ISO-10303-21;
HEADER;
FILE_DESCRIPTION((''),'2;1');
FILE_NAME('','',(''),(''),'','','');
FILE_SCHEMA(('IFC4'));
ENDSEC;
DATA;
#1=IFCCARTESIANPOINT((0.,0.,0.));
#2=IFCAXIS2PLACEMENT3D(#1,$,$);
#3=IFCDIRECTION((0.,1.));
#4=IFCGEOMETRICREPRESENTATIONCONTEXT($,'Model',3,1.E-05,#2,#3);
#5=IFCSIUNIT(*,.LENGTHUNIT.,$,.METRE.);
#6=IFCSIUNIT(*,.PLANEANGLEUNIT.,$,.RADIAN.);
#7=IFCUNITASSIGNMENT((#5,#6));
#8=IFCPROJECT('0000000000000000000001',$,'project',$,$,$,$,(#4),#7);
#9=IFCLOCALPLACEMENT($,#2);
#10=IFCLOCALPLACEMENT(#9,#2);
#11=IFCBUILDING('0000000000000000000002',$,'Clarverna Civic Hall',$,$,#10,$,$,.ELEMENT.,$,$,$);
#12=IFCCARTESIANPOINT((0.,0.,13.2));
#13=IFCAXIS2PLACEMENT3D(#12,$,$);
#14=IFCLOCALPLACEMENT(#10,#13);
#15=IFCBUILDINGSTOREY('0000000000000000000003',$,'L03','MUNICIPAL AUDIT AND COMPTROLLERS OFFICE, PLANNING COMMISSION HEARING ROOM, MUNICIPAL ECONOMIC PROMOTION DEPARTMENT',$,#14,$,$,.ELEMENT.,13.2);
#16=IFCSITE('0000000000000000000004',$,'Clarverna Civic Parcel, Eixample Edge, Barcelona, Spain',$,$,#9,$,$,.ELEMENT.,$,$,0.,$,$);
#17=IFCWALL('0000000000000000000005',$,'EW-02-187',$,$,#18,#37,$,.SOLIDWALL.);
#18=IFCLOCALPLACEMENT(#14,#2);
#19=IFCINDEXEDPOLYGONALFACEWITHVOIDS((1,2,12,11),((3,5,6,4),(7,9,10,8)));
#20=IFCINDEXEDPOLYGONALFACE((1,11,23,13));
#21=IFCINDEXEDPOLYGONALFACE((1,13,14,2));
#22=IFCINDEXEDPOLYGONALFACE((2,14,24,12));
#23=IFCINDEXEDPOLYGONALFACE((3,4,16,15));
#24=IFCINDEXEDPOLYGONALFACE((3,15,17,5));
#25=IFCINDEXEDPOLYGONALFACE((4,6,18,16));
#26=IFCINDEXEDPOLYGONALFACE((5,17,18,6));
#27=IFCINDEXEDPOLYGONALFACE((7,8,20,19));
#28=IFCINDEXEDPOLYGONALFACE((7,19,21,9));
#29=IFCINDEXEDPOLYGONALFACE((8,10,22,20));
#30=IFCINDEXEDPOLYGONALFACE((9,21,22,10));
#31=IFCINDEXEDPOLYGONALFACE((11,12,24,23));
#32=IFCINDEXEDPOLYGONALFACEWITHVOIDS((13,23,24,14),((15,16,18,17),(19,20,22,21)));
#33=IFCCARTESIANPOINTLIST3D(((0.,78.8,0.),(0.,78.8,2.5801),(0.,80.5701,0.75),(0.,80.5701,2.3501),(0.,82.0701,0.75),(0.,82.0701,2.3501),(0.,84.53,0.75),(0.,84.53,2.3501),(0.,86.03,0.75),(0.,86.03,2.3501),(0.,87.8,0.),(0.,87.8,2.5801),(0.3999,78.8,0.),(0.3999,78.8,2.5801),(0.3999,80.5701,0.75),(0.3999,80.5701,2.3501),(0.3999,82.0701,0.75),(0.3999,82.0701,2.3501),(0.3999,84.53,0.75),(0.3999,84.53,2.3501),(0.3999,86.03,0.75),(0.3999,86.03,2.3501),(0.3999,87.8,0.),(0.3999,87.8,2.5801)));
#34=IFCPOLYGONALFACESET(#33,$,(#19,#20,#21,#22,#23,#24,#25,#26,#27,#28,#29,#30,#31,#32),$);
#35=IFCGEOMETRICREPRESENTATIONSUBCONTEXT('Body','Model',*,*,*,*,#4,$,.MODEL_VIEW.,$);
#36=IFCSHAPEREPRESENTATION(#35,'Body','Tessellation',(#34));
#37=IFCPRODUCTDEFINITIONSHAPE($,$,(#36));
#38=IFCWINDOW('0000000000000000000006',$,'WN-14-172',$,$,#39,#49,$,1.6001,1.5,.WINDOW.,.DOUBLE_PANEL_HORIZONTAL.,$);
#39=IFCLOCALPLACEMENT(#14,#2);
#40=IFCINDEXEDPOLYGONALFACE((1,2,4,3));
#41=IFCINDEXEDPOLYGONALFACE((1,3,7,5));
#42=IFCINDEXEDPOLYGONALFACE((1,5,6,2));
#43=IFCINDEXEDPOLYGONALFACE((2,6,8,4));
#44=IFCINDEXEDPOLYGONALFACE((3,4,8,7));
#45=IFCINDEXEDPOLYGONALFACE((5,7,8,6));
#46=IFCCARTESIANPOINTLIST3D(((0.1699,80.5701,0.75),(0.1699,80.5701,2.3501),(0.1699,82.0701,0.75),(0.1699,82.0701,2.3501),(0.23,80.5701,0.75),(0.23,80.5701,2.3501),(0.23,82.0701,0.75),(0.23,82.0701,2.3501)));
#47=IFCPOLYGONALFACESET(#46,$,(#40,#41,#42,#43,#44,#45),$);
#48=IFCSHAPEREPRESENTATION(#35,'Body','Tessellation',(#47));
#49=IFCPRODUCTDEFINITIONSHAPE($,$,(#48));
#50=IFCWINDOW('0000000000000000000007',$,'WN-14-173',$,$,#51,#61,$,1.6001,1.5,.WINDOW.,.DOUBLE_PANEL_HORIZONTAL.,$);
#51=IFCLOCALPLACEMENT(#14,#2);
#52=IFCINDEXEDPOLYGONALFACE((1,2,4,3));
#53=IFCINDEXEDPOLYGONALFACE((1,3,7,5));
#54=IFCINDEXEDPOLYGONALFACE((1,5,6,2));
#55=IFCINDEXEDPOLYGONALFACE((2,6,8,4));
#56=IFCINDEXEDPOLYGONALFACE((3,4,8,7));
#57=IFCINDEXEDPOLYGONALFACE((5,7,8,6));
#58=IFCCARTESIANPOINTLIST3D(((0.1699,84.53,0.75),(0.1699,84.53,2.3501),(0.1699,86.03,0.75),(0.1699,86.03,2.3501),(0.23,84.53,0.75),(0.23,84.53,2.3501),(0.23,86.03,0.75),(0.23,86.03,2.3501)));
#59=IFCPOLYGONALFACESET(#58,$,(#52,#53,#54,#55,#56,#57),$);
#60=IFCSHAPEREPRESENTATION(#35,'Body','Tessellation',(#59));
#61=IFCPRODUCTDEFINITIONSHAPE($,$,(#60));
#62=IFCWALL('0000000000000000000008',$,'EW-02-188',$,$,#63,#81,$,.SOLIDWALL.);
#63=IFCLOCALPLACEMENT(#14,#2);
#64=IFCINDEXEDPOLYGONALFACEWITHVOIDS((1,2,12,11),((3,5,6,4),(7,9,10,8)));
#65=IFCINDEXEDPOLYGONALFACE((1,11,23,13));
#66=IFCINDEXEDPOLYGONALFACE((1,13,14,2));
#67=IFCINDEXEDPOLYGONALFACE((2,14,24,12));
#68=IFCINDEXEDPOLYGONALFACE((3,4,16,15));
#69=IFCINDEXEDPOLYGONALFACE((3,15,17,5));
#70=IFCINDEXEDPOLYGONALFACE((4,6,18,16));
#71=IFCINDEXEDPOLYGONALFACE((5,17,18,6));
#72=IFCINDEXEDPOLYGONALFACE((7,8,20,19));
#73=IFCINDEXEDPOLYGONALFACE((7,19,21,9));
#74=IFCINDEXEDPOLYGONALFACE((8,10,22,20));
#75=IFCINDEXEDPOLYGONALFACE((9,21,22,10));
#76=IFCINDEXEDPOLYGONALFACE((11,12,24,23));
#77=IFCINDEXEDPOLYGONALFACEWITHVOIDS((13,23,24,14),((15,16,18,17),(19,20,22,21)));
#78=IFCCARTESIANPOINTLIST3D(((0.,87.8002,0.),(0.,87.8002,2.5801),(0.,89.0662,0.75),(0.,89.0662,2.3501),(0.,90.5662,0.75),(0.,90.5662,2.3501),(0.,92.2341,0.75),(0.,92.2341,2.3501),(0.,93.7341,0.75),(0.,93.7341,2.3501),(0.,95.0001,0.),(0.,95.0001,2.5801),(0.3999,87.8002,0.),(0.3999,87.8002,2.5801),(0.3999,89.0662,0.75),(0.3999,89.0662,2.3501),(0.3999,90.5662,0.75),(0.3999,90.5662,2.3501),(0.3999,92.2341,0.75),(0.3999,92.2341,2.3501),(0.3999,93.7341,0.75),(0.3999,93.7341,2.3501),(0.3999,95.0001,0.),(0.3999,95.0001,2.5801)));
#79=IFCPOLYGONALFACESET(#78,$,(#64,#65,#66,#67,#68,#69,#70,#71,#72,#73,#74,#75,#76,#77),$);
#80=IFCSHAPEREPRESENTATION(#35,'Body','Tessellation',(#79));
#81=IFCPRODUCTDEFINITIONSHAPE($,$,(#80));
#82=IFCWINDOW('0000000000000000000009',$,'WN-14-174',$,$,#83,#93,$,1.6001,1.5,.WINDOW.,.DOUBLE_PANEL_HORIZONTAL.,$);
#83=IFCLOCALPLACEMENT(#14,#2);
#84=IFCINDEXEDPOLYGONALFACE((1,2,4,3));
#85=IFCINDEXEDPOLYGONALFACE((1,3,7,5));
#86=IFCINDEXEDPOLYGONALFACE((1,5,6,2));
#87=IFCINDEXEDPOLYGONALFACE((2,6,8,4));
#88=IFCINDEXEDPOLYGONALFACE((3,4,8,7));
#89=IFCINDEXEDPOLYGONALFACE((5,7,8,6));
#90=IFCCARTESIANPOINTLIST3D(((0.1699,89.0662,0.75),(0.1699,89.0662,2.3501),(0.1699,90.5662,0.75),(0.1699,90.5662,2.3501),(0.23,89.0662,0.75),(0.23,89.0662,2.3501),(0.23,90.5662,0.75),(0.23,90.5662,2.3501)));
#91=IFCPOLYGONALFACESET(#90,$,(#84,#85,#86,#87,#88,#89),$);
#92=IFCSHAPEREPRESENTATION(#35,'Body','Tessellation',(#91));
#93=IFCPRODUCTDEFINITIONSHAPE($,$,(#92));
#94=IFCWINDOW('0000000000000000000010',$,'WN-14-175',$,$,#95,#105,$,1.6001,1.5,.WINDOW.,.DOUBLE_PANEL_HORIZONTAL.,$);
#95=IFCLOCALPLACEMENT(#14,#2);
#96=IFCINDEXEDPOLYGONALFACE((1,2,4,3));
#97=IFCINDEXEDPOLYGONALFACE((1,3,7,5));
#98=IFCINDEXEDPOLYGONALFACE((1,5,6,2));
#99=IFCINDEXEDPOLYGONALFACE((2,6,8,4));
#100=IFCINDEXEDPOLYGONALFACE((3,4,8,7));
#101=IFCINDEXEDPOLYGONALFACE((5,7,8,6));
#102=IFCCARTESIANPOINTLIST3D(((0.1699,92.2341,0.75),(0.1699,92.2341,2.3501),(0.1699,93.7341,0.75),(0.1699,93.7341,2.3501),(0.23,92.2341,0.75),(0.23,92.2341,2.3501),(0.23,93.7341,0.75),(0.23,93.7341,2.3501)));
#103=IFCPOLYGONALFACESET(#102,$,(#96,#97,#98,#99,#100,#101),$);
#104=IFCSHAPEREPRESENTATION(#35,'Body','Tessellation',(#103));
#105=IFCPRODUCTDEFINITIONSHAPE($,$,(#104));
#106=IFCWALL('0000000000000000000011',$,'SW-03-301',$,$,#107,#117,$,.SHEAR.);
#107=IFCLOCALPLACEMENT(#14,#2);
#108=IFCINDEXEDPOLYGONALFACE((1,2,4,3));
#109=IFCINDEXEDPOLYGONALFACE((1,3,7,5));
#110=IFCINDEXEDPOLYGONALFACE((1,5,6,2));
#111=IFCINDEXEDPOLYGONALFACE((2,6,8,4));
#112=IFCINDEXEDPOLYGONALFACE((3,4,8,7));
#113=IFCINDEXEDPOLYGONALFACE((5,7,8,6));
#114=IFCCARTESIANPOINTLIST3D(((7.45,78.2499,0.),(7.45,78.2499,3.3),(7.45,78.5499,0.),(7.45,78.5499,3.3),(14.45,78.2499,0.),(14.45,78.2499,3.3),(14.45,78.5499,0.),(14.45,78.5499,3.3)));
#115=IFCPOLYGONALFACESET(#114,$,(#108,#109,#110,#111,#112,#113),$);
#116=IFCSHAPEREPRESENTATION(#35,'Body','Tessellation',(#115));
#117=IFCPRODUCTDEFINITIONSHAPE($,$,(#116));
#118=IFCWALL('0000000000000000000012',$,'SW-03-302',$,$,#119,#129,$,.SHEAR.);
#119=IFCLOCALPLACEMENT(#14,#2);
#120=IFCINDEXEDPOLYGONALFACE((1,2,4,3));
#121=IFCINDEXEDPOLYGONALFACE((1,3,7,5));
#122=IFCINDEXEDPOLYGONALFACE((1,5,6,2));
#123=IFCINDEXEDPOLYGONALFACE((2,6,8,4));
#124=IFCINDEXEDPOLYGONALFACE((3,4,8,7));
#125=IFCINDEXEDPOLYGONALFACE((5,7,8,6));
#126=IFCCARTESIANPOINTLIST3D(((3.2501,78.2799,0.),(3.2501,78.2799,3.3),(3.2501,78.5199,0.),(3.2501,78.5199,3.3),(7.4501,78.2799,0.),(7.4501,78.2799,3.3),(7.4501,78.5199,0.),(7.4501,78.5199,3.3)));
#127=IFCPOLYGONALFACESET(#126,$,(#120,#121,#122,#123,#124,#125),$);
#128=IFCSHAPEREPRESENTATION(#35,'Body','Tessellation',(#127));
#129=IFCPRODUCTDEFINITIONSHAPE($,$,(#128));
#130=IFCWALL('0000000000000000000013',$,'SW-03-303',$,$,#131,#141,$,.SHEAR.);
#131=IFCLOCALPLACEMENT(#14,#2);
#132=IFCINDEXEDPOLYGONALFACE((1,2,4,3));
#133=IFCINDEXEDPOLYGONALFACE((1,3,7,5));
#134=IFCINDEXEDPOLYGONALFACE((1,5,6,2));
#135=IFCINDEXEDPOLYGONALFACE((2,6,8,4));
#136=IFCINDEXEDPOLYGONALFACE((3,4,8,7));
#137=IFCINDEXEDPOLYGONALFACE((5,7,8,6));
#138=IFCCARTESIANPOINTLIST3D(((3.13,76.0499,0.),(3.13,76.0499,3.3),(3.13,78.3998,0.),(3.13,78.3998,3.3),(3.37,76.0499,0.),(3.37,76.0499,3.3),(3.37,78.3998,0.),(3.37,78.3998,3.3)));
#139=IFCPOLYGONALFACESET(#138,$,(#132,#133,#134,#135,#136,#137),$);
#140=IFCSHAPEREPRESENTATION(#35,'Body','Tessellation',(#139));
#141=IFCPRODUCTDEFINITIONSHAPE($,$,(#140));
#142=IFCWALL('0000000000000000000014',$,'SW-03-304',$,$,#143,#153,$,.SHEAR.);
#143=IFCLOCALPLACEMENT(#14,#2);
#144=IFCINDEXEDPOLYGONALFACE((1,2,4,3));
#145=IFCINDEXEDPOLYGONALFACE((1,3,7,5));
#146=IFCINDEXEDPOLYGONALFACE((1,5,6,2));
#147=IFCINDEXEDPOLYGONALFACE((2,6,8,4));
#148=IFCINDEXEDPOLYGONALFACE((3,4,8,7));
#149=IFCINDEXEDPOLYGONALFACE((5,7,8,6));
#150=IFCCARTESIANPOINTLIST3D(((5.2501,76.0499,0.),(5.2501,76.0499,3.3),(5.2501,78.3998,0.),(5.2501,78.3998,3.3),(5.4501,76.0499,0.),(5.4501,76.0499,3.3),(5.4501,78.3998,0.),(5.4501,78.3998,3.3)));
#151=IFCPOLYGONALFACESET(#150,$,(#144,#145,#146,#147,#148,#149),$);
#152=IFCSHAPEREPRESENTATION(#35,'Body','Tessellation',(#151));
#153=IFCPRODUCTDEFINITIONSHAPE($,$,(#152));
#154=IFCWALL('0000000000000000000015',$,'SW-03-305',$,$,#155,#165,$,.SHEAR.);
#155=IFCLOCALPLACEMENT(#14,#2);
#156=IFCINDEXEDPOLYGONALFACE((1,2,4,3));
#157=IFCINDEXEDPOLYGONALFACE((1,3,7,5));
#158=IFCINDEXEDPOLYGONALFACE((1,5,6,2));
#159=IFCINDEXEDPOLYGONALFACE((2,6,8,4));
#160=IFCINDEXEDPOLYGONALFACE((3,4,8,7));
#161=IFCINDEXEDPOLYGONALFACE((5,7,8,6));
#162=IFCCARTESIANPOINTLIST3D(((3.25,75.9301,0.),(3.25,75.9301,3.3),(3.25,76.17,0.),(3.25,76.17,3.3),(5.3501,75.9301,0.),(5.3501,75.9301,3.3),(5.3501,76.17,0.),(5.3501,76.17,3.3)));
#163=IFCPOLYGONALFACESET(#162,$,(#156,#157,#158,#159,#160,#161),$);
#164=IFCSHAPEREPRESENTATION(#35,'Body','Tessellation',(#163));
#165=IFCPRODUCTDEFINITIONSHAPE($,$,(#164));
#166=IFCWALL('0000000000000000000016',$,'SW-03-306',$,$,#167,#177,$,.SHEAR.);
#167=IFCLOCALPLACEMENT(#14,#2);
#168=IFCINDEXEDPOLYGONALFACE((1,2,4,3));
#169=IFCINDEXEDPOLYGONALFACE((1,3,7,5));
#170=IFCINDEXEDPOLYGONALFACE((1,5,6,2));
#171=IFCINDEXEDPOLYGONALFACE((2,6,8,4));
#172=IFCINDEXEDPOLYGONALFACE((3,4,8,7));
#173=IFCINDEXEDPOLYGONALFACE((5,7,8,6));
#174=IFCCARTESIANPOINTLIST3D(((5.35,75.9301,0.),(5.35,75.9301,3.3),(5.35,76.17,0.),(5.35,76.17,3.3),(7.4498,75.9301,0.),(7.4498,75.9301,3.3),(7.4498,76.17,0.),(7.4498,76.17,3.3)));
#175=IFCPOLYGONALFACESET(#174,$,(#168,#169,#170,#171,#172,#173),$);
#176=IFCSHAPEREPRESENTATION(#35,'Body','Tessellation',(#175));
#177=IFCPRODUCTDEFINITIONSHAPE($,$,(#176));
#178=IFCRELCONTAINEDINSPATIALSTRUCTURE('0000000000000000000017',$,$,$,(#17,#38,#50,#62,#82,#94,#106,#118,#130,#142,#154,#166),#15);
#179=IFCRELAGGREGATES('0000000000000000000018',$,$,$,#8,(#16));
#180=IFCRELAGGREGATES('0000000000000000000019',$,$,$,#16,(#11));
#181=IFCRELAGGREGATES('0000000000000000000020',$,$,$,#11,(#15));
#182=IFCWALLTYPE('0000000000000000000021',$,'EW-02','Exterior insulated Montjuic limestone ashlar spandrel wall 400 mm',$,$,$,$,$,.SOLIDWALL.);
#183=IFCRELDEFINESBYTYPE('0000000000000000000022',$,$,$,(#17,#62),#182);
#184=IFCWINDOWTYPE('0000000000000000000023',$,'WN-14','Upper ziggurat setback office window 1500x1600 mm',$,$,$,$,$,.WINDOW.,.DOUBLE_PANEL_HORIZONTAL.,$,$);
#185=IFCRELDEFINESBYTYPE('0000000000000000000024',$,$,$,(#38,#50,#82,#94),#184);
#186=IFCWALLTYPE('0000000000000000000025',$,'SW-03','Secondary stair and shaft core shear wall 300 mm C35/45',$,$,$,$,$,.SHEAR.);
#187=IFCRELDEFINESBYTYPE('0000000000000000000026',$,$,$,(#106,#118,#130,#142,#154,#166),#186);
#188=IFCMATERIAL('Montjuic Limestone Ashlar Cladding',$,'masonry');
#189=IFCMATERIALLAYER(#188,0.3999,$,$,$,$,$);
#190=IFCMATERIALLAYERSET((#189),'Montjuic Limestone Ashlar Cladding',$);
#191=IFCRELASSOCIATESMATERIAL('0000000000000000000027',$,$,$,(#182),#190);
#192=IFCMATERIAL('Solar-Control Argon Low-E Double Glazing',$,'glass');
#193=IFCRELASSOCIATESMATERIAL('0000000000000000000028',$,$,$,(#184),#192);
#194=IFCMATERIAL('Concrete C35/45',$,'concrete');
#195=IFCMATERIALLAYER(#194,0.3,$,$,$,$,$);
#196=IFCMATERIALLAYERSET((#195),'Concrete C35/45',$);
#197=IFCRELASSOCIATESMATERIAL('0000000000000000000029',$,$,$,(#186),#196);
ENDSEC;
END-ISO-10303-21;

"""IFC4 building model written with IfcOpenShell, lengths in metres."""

from ifc_helpers import new_model, si_unit, direction, frame, frame_2d, origin, place, context, subcontext, project, spatial, rectangle, extrude, material, layer, layer_set, type_object, element, fill, save


model = new_model("IFC4")

# Units and contexts
model_context = context("Model", 3, precision=1e-05, world=origin(), true_north=direction((0.0, 1.0)))
body_context = subcontext(model_context, "Body", "Model", "MODEL_VIEW")
ifc_project = project(units=[si_unit("LENGTHUNIT", "METRE"), si_unit("PLANEANGLEUNIT", "RADIAN")], contexts=[model_context])

# Site, building, storey
site_placement = place(None, origin())
site = spatial("IfcSite", under=ifc_project, at=site_placement, Name="Clarverna Civic Parcel, Eixample Edge, Barcelona, Spain", CompositionType="ELEMENT", RefElevation=0.0)
building_placement = place(site_placement, origin())
building = spatial("IfcBuilding", under=site, at=building_placement, Name="Clarverna Civic Hall", CompositionType="ELEMENT")
storey_placement = place(building_placement, frame((0.0, 0.0, 13.2)))
storey = spatial("IfcBuildingStorey", under=building, at=storey_placement, Name="L03", Description="MUNICIPAL AUDIT AND COMPTROLLERS OFFICE, PLANNING COMMISSION HEARING ROOM, MUNICIPAL ECONOMIC PROMOTION DEPARTMENT", CompositionType="ELEMENT", Elevation=13.2)

# Shared definitions
ifc_material_1 = material(Name="Concrete C35/45", Category="concrete")

# Walls, openings, windows
ifc_material_2 = material(Name="Montjuic Limestone Ashlar Cladding", Category="masonry")
ifc_layer_1 = layer(ifc_material_2, 0.3999)
ifc_layer_set_1 = layer_set([ifc_layer_1], Name="Montjuic Limestone Ashlar Cladding")
wall_type_1 = type_object("IfcWallType", Name="EW-02", Description="Exterior insulated Montjuic limestone ashlar spandrel wall 400 mm", PredefinedType="SOLIDWALL", material=ifc_layer_set_1)
ifc_material_3 = material(Name="Solar-Control Argon Low-E Double Glazing", Category="glass")
window_type = type_object("IfcWindowType", Name="WN-14", Description="Upper ziggurat setback office window 1500x1600 mm", PartitioningType="DOUBLE_PANEL_HORIZONTAL", PredefinedType="WINDOW", material=ifc_material_3)
wall_1_placement = place(storey_placement, frame((0.2, 78.8, 0.0), z_axis=(0.0, 0.0, 1.0), x_axis=(0.0, 1.0, 0.0)))
wall_1 = element("IfcWall", 1, at=wall_1_placement, inside=storey, type_object=wall_type_1, Name="EW-02-187", PredefinedType="SOLIDWALL", context=body_context, shape_type="SweptSolid", body=[
    extrude(rectangle(XDim=9.0, YDim=0.3999, at=frame_2d((4.5, 0.0))), origin(), (0.0, 0.0, 1.0), 2.5801),
])
opening_1_placement = place(wall_1_placement, frame((1.77, 0.0, 0.75)))
opening_1 = element("IfcOpeningElement", 2, at=opening_1_placement, cuts=wall_1, PredefinedType="OPENING", context=body_context, shape_type="SweptSolid", body=[
    extrude(rectangle(XDim=1.5, YDim=1.6001, at=frame_2d((0.75, 0.8))), frame((0.0, 0.21, 0.0), z_axis=(0.0, -1.0, 0.0), x_axis=(1.0, 0.0, 0.0)), (0.0, 0.0, 1.0), 0.4199),
])
opening_2_placement = place(wall_1_placement, frame((5.73, 0.0, 0.75)))
opening_2 = element("IfcOpeningElement", 3, at=opening_2_placement, cuts=wall_1, PredefinedType="OPENING", context=body_context, shape_type="SweptSolid", body=[
    extrude(rectangle(XDim=1.5, YDim=1.6001, at=frame_2d((0.75, 0.8))), frame((0.0, 0.21, 0.0), z_axis=(0.0, -1.0, 0.0), x_axis=(1.0, 0.0, 0.0)), (0.0, 0.0, 1.0), 0.4199),
])
window_1_placement = place(opening_1_placement, origin())
window_1 = element("IfcWindow", 4, at=window_1_placement, inside=storey, type_object=window_type, Name="WN-14-172", OverallHeight=1.6001, OverallWidth=1.5, PartitioningType="DOUBLE_PANEL_HORIZONTAL", PredefinedType="WINDOW", context=body_context, shape_type="SweptSolid", body=[
    extrude(rectangle(XDim=1.5, YDim=1.6001, at=frame_2d((0.75, 0.8))), frame((0.0, 0.03, 0.0), z_axis=(0.0, -1.0, 0.0), x_axis=(1.0, 0.0, 0.0)), (0.0, 0.0, 1.0), 0.0601),
])
fill(opening_1, window_1)
window_2_placement = place(opening_2_placement, origin())
window_2 = element("IfcWindow", 5, at=window_2_placement, inside=storey, type_object=window_type, Name="WN-14-173", OverallHeight=1.6001, OverallWidth=1.5, PartitioningType="DOUBLE_PANEL_HORIZONTAL", PredefinedType="WINDOW", context=body_context, shape_type="SweptSolid", body=[
    extrude(rectangle(XDim=1.5, YDim=1.6001, at=frame_2d((0.75, 0.8))), frame((0.0, 0.03, 0.0), z_axis=(0.0, -1.0, 0.0), x_axis=(1.0, 0.0, 0.0)), (0.0, 0.0, 1.0), 0.0601),
])
fill(opening_2, window_2)
wall_2_placement = place(storey_placement, frame((0.2, 87.8, 0.0), z_axis=(0.0, 0.0, 1.0), x_axis=(0.0, 1.0, 0.0)))
wall_2 = element("IfcWall", 6, at=wall_2_placement, inside=storey, type_object=wall_type_1, Name="EW-02-188", PredefinedType="SOLIDWALL", context=body_context, shape_type="SweptSolid", body=[
    extrude(rectangle(XDim=7.2, YDim=0.3999, at=frame_2d((3.6001, 0.0))), origin(), (0.0, 0.0, 1.0), 2.5801),
])
opening_3_placement = place(wall_2_placement, frame((1.2661, 0.0, 0.75)))
opening_3 = element("IfcOpeningElement", 7, at=opening_3_placement, cuts=wall_2, PredefinedType="OPENING", context=body_context, shape_type="SweptSolid", body=[
    extrude(rectangle(XDim=1.5, YDim=1.6001, at=frame_2d((0.75, 0.8))), frame((0.0, 0.21, 0.0), z_axis=(0.0, -1.0, 0.0), x_axis=(1.0, 0.0, 0.0)), (0.0, 0.0, 1.0), 0.4199),
])
opening_4_placement = place(wall_2_placement, frame((4.4341, 0.0, 0.75)))
opening_4 = element("IfcOpeningElement", 8, at=opening_4_placement, cuts=wall_2, PredefinedType="OPENING", context=body_context, shape_type="SweptSolid", body=[
    extrude(rectangle(XDim=1.5, YDim=1.6001, at=frame_2d((0.75, 0.8))), frame((0.0, 0.21, 0.0), z_axis=(0.0, -1.0, 0.0), x_axis=(1.0, 0.0, 0.0)), (0.0, 0.0, 1.0), 0.4199),
])
window_3_placement = place(opening_3_placement, origin())
window_3 = element("IfcWindow", 9, at=window_3_placement, inside=storey, type_object=window_type, Name="WN-14-174", OverallHeight=1.6001, OverallWidth=1.5, PartitioningType="DOUBLE_PANEL_HORIZONTAL", PredefinedType="WINDOW", context=body_context, shape_type="SweptSolid", body=[
    extrude(rectangle(XDim=1.5, YDim=1.6001, at=frame_2d((0.75, 0.8))), frame((0.0, 0.03, 0.0), z_axis=(0.0, -1.0, 0.0), x_axis=(1.0, 0.0, 0.0)), (0.0, 0.0, 1.0), 0.0601),
])
fill(opening_3, window_3)
window_4_placement = place(opening_4_placement, origin())
window_4 = element("IfcWindow", 10, at=window_4_placement, inside=storey, type_object=window_type, Name="WN-14-175", OverallHeight=1.6001, OverallWidth=1.5, PartitioningType="DOUBLE_PANEL_HORIZONTAL", PredefinedType="WINDOW", context=body_context, shape_type="SweptSolid", body=[
    extrude(rectangle(XDim=1.5, YDim=1.6001, at=frame_2d((0.75, 0.8))), frame((0.0, 0.03, 0.0), z_axis=(0.0, -1.0, 0.0), x_axis=(1.0, 0.0, 0.0)), (0.0, 0.0, 1.0), 0.0601),
])
fill(opening_4, window_4)

# Walls
ifc_layer_2 = layer(ifc_material_1, 0.3)
ifc_layer_set_2 = layer_set([ifc_layer_2], Name="Concrete C35/45")
wall_type_2 = type_object("IfcWallType", Name="SW-03", Description="Secondary stair and shaft core shear wall 300 mm C35/45", PredefinedType="SHEAR", material=ifc_layer_set_2)
wall_3_placement = place(storey_placement, frame((7.45, 78.3999, 0.0), z_axis=(0.0, 0.0, 1.0), x_axis=(1.0, 0.0, 0.0)))
element("IfcWall", 11, at=wall_3_placement, inside=storey, type_object=wall_type_2, Name="SW-03-301", PredefinedType="SHEAR", context=body_context, shape_type="SweptSolid", body=[
    extrude(rectangle(XDim=7.0, YDim=0.3, at=frame_2d((3.5, 0.0))), origin(), (0.0, 0.0, 1.0), 3.3),
])
wall_4_placement = place(storey_placement, frame((3.25, 78.3999, 0.0), z_axis=(0.0, 0.0, 1.0), x_axis=(1.0, 0.0, 0.0)))
element("IfcWall", 12, at=wall_4_placement, inside=storey, type_object=wall_type_2, Name="SW-03-302", PredefinedType="SHEAR", context=body_context, shape_type="SweptSolid", body=[
    extrude(rectangle(XDim=4.2, YDim=0.24, at=frame_2d((2.1001, 0.0))), origin(), (0.0, 0.0, 1.0), 3.3),
])
wall_5_placement = place(storey_placement, frame((3.25, 76.05, 0.0), z_axis=(0.0, 0.0, 1.0), x_axis=(0.0, 1.0, 0.0)))
element("IfcWall", 13, at=wall_5_placement, inside=storey, type_object=wall_type_2, Name="SW-03-303", PredefinedType="SHEAR", context=body_context, shape_type="SweptSolid", body=[
    extrude(rectangle(XDim=2.3499, YDim=0.24, at=frame_2d((1.1748, 0.0))), origin(), (0.0, 0.0, 1.0), 3.3),
])
wall_6_placement = place(storey_placement, frame((5.3501, 76.05, 0.0), z_axis=(0.0, 0.0, 1.0), x_axis=(0.0, 1.0, 0.0)))
element("IfcWall", 14, at=wall_6_placement, inside=storey, type_object=wall_type_2, Name="SW-03-304", PredefinedType="SHEAR", context=body_context, shape_type="SweptSolid", body=[
    extrude(rectangle(XDim=2.3499, YDim=0.2, at=frame_2d((1.1748, 0.0))), origin(), (0.0, 0.0, 1.0), 3.3),
])
wall_7_placement = place(storey_placement, frame((3.25, 76.05, 0.0), z_axis=(0.0, 0.0, 1.0), x_axis=(1.0, 0.0, 0.0)))
element("IfcWall", 15, at=wall_7_placement, inside=storey, type_object=wall_type_2, Name="SW-03-305", PredefinedType="SHEAR", context=body_context, shape_type="SweptSolid", body=[
    extrude(rectangle(XDim=2.1001, YDim=0.24, at=frame_2d((1.05, 0.0))), origin(), (0.0, 0.0, 1.0), 3.3),
])
wall_8_placement = place(storey_placement, frame((5.3501, 76.05, 0.0), z_axis=(0.0, 0.0, 1.0), x_axis=(1.0, 0.0, 0.0)))
element("IfcWall", 16, at=wall_8_placement, inside=storey, type_object=wall_type_2, Name="SW-03-306", PredefinedType="SHEAR", context=body_context, shape_type="SweptSolid", body=[
    extrude(rectangle(XDim=2.0999, YDim=0.24, at=frame_2d((1.0498, 0.0))), origin(), (0.0, 0.0, 1.0), 3.3),
])

save(model, "model.ifc")
